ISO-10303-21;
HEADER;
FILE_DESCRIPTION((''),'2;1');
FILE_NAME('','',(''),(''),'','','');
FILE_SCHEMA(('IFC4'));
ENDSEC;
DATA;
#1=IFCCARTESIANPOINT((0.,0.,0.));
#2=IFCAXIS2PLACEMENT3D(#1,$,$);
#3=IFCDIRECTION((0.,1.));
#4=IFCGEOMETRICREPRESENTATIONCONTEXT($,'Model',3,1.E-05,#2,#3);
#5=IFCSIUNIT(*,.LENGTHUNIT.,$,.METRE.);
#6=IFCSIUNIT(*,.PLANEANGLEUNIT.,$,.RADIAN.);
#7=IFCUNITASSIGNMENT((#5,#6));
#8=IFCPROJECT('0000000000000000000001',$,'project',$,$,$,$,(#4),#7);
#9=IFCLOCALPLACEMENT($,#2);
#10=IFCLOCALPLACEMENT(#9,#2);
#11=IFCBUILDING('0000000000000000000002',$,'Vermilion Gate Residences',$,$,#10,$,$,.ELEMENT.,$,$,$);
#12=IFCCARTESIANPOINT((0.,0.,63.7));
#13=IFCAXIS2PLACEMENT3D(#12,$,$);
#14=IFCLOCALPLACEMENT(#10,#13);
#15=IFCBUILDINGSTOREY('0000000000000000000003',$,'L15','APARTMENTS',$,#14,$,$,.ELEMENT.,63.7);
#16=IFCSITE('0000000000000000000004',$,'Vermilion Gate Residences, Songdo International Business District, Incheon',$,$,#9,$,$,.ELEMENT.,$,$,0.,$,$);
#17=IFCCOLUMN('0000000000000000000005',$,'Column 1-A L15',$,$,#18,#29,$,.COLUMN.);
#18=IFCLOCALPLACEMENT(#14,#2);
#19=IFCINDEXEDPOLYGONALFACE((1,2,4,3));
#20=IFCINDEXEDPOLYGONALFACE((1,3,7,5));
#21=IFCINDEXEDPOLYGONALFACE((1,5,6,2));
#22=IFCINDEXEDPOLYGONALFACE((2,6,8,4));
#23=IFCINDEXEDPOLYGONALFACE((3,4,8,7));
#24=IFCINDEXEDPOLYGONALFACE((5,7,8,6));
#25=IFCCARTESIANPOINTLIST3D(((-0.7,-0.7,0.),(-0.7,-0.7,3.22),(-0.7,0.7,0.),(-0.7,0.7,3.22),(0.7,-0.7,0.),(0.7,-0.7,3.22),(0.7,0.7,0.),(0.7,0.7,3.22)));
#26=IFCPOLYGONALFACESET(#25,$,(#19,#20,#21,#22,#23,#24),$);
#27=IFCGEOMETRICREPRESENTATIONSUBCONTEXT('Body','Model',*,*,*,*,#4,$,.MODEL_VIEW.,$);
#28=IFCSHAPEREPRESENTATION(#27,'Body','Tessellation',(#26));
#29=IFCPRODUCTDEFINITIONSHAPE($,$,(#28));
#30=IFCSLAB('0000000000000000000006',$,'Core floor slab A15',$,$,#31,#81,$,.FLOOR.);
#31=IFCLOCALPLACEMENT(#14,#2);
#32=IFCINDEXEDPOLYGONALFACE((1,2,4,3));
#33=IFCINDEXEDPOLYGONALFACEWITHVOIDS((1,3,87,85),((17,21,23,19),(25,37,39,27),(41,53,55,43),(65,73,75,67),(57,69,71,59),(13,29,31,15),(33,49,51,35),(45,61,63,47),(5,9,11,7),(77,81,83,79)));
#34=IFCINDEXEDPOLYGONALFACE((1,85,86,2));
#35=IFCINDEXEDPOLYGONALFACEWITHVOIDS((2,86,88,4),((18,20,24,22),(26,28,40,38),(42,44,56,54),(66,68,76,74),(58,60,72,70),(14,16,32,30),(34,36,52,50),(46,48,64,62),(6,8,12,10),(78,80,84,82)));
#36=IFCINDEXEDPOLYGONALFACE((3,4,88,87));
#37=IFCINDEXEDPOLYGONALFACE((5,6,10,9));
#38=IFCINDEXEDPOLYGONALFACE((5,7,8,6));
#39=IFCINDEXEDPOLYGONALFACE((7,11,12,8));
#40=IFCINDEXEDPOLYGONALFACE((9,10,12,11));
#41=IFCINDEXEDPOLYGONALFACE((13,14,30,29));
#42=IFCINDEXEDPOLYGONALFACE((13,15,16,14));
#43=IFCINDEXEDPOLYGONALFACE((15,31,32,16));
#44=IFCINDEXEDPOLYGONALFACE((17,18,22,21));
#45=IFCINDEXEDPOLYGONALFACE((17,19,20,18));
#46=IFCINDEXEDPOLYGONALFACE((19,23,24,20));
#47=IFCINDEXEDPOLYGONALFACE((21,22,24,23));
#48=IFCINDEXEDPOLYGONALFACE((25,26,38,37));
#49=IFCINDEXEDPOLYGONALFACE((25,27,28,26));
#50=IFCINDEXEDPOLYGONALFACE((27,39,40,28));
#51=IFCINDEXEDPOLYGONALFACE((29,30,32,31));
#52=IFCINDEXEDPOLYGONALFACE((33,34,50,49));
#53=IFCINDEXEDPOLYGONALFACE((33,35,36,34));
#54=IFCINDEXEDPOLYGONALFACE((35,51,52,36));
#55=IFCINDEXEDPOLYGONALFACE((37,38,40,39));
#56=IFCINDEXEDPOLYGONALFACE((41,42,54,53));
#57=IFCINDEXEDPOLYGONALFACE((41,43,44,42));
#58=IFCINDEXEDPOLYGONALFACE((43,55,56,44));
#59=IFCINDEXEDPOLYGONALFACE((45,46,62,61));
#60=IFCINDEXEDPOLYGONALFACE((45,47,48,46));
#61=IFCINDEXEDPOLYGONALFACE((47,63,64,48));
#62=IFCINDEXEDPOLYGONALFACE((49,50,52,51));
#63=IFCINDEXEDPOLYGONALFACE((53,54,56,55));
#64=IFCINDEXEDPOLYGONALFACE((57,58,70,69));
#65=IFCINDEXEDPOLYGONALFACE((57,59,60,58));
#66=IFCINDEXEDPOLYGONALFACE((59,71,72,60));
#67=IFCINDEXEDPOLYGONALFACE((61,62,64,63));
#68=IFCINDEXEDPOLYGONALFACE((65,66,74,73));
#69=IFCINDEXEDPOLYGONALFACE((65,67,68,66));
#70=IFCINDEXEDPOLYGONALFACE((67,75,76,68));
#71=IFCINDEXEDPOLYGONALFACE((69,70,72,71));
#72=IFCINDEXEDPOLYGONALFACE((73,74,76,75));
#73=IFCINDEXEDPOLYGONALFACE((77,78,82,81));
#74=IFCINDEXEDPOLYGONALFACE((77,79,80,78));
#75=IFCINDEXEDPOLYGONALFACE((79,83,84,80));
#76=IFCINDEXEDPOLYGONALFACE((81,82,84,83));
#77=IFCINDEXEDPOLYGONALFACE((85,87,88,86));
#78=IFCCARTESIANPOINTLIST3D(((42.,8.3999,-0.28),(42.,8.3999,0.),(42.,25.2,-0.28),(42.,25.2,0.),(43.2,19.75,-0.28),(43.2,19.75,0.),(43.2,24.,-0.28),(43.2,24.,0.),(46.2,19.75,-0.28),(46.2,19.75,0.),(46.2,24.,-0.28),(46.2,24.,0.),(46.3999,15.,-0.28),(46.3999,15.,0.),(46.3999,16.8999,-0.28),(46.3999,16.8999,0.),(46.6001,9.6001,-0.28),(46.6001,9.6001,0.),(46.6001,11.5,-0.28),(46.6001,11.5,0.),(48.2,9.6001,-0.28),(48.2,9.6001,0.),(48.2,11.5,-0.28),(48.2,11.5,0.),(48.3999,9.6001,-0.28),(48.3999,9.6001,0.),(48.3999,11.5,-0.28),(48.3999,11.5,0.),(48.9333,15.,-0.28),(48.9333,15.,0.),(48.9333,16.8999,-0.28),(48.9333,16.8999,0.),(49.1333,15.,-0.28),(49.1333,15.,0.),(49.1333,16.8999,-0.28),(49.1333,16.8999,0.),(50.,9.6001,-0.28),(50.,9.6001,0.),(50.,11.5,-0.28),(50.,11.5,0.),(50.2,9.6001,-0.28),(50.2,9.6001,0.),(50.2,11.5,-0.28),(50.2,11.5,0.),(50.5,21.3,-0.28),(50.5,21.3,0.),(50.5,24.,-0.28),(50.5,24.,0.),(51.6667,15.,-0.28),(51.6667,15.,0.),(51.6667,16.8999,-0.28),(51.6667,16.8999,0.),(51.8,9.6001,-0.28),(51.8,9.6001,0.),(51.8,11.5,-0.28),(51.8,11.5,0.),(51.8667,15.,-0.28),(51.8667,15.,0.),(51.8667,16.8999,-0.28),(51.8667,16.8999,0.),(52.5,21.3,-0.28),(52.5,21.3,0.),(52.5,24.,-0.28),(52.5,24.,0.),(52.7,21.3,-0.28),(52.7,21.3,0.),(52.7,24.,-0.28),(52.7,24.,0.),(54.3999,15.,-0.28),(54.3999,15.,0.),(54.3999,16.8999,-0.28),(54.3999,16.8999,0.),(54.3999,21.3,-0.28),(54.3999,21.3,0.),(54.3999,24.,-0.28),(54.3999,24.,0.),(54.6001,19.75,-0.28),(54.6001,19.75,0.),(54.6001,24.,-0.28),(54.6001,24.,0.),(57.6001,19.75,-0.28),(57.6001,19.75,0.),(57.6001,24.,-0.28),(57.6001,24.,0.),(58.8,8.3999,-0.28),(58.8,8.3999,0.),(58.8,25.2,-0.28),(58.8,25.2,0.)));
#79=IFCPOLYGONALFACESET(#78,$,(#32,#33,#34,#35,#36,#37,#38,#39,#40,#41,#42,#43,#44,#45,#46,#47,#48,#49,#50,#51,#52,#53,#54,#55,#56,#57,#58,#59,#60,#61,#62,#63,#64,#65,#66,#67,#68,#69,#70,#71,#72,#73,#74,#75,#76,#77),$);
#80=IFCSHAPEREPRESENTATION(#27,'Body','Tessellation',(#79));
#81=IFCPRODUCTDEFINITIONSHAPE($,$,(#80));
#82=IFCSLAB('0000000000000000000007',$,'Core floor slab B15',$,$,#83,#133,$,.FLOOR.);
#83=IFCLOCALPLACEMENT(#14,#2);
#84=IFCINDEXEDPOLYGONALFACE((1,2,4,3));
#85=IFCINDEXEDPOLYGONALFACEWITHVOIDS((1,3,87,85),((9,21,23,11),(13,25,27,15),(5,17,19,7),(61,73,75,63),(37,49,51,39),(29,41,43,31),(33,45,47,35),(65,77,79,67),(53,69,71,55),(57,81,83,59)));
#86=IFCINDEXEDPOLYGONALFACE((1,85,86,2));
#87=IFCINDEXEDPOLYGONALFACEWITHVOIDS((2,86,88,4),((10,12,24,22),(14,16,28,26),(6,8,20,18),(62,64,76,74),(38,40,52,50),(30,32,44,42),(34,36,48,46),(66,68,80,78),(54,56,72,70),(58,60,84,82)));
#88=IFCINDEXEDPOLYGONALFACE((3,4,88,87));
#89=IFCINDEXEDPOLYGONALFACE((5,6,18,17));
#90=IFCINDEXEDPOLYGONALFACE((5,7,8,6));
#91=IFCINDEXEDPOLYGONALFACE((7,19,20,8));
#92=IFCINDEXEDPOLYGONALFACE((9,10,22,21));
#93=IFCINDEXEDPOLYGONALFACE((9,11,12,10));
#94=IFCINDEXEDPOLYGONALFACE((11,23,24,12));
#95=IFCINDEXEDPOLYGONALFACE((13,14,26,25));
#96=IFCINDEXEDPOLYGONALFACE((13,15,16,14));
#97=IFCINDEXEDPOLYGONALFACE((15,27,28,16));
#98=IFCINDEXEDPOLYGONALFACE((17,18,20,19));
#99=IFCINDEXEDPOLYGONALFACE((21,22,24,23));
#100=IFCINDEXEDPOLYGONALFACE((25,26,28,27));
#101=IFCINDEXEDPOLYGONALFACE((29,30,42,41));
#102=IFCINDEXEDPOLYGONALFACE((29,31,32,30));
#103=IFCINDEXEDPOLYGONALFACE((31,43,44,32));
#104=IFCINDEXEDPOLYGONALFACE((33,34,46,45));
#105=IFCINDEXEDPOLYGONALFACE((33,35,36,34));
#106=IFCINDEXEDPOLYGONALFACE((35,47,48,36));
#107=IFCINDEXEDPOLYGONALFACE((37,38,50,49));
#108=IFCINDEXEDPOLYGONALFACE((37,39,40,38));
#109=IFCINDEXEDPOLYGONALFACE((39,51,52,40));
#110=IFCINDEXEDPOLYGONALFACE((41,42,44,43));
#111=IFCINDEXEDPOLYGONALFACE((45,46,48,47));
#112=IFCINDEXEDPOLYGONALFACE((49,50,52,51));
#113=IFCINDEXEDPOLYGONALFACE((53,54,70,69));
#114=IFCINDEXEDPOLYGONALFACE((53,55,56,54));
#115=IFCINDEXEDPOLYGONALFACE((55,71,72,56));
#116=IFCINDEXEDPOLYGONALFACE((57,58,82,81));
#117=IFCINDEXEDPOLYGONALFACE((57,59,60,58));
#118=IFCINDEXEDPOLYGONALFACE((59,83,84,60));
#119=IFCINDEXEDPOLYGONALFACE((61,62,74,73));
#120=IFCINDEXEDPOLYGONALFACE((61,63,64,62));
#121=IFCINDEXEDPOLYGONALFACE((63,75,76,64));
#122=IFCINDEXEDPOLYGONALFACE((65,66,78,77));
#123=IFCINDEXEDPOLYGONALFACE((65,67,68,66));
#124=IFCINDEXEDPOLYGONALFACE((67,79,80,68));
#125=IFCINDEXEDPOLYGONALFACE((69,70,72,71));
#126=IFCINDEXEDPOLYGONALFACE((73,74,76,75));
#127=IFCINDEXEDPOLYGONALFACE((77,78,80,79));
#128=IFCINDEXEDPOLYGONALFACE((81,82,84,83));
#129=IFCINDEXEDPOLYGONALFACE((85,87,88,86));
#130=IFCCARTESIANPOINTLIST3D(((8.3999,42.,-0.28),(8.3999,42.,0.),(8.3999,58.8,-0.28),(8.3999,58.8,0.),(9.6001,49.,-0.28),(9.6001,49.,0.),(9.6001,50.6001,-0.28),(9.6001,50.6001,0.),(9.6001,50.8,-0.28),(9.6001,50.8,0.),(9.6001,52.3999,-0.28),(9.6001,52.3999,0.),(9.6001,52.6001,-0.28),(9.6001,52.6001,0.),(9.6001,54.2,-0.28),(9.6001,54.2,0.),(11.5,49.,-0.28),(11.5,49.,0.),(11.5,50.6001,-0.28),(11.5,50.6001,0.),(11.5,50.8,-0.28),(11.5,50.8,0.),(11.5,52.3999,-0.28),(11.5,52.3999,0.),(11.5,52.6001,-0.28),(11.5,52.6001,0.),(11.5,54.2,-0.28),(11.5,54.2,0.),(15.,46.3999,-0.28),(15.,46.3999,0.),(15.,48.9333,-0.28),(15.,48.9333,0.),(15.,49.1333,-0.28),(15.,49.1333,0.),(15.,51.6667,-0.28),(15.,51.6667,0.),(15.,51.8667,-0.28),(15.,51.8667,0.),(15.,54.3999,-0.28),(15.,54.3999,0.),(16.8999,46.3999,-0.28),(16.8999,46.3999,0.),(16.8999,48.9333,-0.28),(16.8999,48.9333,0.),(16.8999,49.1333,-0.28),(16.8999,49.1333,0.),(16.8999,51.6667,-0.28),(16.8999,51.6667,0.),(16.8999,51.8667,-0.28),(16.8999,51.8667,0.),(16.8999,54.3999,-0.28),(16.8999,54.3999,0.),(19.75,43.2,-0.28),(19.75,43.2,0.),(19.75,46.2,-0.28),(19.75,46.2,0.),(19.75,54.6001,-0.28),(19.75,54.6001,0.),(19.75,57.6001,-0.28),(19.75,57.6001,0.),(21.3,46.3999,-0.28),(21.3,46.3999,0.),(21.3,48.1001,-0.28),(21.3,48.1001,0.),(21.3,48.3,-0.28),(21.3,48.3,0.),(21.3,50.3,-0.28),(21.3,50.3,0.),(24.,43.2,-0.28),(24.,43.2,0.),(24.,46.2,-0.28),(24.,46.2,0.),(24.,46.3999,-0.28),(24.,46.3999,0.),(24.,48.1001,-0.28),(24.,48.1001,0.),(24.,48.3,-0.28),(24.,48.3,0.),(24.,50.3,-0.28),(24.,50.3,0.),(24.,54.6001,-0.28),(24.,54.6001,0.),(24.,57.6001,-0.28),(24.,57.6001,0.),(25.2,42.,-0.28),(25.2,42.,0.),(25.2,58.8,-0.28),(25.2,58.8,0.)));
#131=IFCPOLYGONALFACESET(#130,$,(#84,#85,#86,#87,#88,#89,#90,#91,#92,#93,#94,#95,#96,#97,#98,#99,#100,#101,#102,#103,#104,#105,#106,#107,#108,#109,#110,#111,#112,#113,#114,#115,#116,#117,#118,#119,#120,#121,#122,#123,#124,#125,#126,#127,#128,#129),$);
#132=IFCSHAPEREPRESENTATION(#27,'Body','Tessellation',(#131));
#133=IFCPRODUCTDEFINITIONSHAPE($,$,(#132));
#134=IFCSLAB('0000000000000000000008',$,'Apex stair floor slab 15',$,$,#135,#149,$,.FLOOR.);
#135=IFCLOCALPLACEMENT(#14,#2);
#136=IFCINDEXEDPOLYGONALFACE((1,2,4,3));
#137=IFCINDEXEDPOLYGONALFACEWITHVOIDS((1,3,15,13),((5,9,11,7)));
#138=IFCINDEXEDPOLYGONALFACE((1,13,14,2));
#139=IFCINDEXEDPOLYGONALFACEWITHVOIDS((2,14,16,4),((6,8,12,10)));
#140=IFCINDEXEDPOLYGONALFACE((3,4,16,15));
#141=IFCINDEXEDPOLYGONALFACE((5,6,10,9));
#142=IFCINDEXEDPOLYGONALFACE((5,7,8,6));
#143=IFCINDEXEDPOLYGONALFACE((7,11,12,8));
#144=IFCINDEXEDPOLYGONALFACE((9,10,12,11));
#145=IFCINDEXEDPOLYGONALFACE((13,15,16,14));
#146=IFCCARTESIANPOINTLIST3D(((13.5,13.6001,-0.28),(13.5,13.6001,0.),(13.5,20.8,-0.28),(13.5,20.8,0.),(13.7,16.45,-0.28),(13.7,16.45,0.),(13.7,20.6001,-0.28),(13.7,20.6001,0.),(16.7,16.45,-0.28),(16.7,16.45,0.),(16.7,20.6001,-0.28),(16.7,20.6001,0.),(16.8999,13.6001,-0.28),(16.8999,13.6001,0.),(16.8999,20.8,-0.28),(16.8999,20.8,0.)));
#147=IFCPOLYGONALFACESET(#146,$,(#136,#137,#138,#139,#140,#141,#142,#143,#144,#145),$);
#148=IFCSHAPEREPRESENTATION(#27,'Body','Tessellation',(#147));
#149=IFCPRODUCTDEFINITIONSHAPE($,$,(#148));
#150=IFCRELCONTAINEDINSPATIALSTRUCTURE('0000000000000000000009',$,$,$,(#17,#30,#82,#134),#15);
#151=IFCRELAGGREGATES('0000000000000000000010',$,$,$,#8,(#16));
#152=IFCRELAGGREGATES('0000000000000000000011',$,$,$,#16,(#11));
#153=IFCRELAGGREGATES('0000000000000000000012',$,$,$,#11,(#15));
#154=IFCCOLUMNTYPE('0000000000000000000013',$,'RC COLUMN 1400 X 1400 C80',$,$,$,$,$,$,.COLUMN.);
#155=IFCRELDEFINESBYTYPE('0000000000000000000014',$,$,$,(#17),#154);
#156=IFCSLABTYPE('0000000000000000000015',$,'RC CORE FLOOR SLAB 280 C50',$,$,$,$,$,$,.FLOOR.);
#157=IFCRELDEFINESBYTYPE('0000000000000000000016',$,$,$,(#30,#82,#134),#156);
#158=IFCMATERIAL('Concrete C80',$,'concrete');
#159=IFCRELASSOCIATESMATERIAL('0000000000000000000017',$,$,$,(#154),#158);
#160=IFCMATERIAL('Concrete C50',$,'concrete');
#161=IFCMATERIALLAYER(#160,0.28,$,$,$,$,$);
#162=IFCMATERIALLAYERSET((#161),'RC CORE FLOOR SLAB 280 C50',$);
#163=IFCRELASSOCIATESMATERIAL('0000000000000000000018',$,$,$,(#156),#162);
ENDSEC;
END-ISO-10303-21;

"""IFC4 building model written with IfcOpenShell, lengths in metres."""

from ifc_helpers import new_model, si_unit, direction, frame, origin, origin_with_axes, origin_2d, place, context, subcontext, project, spatial, polyline, rectangle, outline, extrude, material, layer, layer_set, material_profile, profile_set, type_object, element, save


model = new_model("IFC4")

# Units and contexts
model_context = context("Model", 3, precision=1e-05, world=origin(), true_north=direction((0.0, 1.0)))
body_context = subcontext(model_context, "Body", "Model", "MODEL_VIEW")
ifc_project = project(units=[si_unit("LENGTHUNIT", "METRE"), si_unit("PLANEANGLEUNIT", "RADIAN")], contexts=[model_context])

# Site, building, storey
site_placement = place(None, origin())
site = spatial("IfcSite", under=ifc_project, at=site_placement, Name="Vermilion Gate Residences, Songdo International Business District, Incheon", CompositionType="ELEMENT", RefElevation=0.0)
building_placement = place(site_placement, origin())
building = spatial("IfcBuilding", under=site, at=building_placement, Name="Vermilion Gate Residences", CompositionType="ELEMENT")
storey_placement = place(building_placement, frame((0.0, 0.0, 63.7)))
storey = spatial("IfcBuildingStorey", under=building, at=storey_placement, Name="L15", Description="APARTMENTS", CompositionType="ELEMENT", Elevation=63.7)

# Column
ifc_material_1 = material(Name="Concrete C80", Category="concrete")
ifc_material_profile_1 = material_profile(ifc_material_1, rectangle(XDim=1.3999, YDim=1.3999, at=origin_2d()), Name="RC-1400x1400")
ifc_profile_set_1 = profile_set([ifc_material_profile_1], Name="Concrete C80")
column_type = type_object("IfcColumnType", Name="RC COLUMN 1400 X 1400 C80", PredefinedType="COLUMN", material=ifc_profile_set_1)
column_placement = place(storey_placement, origin_with_axes())
element("IfcColumn", 1, at=column_placement, inside=storey, type_object=column_type, Name="Column 1-A L15", PredefinedType="COLUMN", context=body_context, shape_type="SweptSolid", body=[
    extrude(rectangle(XDim=1.3999, YDim=1.3999, at=origin_2d()), origin(), (0.0, 0.0, 1.0), 3.22),
])

# Slabs
ifc_material_2 = material(Name="Concrete C50", Category="concrete")
ifc_layer_1 = layer(ifc_material_2, 0.28)
ifc_layer_set_1 = layer_set([ifc_layer_1], Name="RC CORE FLOOR SLAB 280 C50")
slab_type_1 = type_object("IfcSlabType", Name="RC CORE FLOOR SLAB 280 C50", PredefinedType="FLOOR", material=ifc_layer_set_1)
slab_1_placement = place(storey_placement, frame((0.0, 0.0, -0.28)))
element("IfcSlab", 2, at=slab_1_placement, inside=storey, type_object=slab_type_1, Name="Core floor slab A15", PredefinedType="FLOOR", context=body_context, shape_type="SweptSolid", body=[
    extrude(outline(polyline([(42.0, 8.3999), (58.8, 8.3999), (58.8, 25.2), (42.0, 25.2), (42.0, 8.3999)]), holes=[polyline([(46.6001, 11.5), (48.2, 11.5), (48.2, 9.6001), (46.6001, 9.6001), (46.6001, 11.5)]), polyline([(48.3999, 11.5), (50.0, 11.5), (50.0, 9.6001), (48.3999, 9.6001), (48.3999, 11.5)]), polyline([(50.2, 11.5), (51.8, 11.5), (51.8, 9.6001), (50.2, 9.6001), (50.2, 11.5)]), polyline([(48.9333, 16.8999), (48.9333, 15.0), (46.3999, 15.0), (46.3999, 16.8999), (48.9333, 16.8999)]), polyline([(51.6667, 16.8999), (51.6667, 15.0), (49.1333, 15.0), (49.1333, 16.8999), (51.6667, 16.8999)]), polyline([(51.8667, 16.8999), (54.3999, 16.8999), (54.3999, 15.0), (51.8667, 15.0), (51.8667, 16.8999)]), polyline([(43.2, 24.0), (46.2, 24.0), (46.2, 19.75), (43.2, 19.75), (43.2, 24.0)]), polyline([(54.6001, 24.0), (57.6001, 24.0), (57.6001, 19.75), (54.6001, 19.75), (54.6001, 24.0)]), polyline([(52.5, 24.0), (52.5, 21.3), (50.5, 21.3), (50.5, 24.0), (52.5, 24.0)]), polyline([(54.3999, 24.0), (54.3999, 21.3), (52.7, 21.3), (52.7, 24.0), (54.3999, 24.0)])]), origin(), (0.0, 0.0, 1.0), 0.28),
])
slab_2_placement = place(storey_placement, frame((0.0, 0.0, -0.28)))
element("IfcSlab", 3, at=slab_2_placement, inside=storey, type_object=slab_type_1, Name="Core floor slab B15", PredefinedType="FLOOR", context=body_context, shape_type="SweptSolid", body=[
    extrude(outline(polyline([(8.3999, 42.0), (25.2, 42.0), (25.2, 58.8), (8.3999, 58.8), (8.3999, 42.0)]), holes=[polyline([(19.75, 46.2), (24.0, 46.2), (24.0, 43.2), (19.75, 43.2), (19.75, 46.2)]), polyline([(21.3, 48.1001), (24.0, 48.1001), (24.0, 46.3999), (21.3, 46.3999), (21.3, 48.1001)]), polyline([(15.0, 48.9333), (16.8999, 48.9333), (16.8999, 46.3999), (15.0, 46.3999), (15.0, 48.9333)]), polyline([(24.0, 50.3), (24.0, 48.3), (21.3, 48.3), (21.3, 50.3), (24.0, 50.3)]), polyline([(11.5, 50.6001), (11.5, 49.0), (9.6001, 49.0), (9.6001, 50.6001), (11.5, 50.6001)]), polyline([(15.0, 51.6667), (16.8999, 51.6667), (16.8999, 49.1333), (15.0, 49.1333), (15.0, 51.6667)]), polyline([(9.6001, 52.3999), (11.5, 52.3999), (11.5, 50.8), (9.6001, 50.8), (9.6001, 52.3999)]), polyline([(15.0, 54.3999), (16.8999, 54.3999), (16.8999, 51.8667), (15.0, 51.8667), (15.0, 54.3999)]), polyline([(11.5, 54.2), (11.5, 52.6001), (9.6001, 52.6001), (9.6001, 54.2), (11.5, 54.2)]), polyline([(24.0, 57.6001), (24.0, 54.6001), (19.75, 54.6001), (19.75, 57.6001), (24.0, 57.6001)])]), origin(), (0.0, 0.0, 1.0), 0.28),
])
slab_3_placement = place(storey_placement, frame((0.0, 0.0, -0.28)))
element("IfcSlab", 4, at=slab_3_placement, inside=storey, type_object=slab_type_1, Name="Apex stair floor slab 15", PredefinedType="FLOOR", context=body_context, shape_type="SweptSolid", body=[
    extrude(outline(polyline([(13.5, 13.6001), (16.8999, 13.6001), (16.8999, 20.8), (13.5, 20.8), (13.5, 13.6001)]), holes=[polyline([(16.7, 20.6001), (16.7, 16.45), (13.7, 16.45), (13.7, 20.6001), (16.7, 20.6001)])]), origin(), (0.0, 0.0, 1.0), 0.28),
])

save(model, "model.ifc")
